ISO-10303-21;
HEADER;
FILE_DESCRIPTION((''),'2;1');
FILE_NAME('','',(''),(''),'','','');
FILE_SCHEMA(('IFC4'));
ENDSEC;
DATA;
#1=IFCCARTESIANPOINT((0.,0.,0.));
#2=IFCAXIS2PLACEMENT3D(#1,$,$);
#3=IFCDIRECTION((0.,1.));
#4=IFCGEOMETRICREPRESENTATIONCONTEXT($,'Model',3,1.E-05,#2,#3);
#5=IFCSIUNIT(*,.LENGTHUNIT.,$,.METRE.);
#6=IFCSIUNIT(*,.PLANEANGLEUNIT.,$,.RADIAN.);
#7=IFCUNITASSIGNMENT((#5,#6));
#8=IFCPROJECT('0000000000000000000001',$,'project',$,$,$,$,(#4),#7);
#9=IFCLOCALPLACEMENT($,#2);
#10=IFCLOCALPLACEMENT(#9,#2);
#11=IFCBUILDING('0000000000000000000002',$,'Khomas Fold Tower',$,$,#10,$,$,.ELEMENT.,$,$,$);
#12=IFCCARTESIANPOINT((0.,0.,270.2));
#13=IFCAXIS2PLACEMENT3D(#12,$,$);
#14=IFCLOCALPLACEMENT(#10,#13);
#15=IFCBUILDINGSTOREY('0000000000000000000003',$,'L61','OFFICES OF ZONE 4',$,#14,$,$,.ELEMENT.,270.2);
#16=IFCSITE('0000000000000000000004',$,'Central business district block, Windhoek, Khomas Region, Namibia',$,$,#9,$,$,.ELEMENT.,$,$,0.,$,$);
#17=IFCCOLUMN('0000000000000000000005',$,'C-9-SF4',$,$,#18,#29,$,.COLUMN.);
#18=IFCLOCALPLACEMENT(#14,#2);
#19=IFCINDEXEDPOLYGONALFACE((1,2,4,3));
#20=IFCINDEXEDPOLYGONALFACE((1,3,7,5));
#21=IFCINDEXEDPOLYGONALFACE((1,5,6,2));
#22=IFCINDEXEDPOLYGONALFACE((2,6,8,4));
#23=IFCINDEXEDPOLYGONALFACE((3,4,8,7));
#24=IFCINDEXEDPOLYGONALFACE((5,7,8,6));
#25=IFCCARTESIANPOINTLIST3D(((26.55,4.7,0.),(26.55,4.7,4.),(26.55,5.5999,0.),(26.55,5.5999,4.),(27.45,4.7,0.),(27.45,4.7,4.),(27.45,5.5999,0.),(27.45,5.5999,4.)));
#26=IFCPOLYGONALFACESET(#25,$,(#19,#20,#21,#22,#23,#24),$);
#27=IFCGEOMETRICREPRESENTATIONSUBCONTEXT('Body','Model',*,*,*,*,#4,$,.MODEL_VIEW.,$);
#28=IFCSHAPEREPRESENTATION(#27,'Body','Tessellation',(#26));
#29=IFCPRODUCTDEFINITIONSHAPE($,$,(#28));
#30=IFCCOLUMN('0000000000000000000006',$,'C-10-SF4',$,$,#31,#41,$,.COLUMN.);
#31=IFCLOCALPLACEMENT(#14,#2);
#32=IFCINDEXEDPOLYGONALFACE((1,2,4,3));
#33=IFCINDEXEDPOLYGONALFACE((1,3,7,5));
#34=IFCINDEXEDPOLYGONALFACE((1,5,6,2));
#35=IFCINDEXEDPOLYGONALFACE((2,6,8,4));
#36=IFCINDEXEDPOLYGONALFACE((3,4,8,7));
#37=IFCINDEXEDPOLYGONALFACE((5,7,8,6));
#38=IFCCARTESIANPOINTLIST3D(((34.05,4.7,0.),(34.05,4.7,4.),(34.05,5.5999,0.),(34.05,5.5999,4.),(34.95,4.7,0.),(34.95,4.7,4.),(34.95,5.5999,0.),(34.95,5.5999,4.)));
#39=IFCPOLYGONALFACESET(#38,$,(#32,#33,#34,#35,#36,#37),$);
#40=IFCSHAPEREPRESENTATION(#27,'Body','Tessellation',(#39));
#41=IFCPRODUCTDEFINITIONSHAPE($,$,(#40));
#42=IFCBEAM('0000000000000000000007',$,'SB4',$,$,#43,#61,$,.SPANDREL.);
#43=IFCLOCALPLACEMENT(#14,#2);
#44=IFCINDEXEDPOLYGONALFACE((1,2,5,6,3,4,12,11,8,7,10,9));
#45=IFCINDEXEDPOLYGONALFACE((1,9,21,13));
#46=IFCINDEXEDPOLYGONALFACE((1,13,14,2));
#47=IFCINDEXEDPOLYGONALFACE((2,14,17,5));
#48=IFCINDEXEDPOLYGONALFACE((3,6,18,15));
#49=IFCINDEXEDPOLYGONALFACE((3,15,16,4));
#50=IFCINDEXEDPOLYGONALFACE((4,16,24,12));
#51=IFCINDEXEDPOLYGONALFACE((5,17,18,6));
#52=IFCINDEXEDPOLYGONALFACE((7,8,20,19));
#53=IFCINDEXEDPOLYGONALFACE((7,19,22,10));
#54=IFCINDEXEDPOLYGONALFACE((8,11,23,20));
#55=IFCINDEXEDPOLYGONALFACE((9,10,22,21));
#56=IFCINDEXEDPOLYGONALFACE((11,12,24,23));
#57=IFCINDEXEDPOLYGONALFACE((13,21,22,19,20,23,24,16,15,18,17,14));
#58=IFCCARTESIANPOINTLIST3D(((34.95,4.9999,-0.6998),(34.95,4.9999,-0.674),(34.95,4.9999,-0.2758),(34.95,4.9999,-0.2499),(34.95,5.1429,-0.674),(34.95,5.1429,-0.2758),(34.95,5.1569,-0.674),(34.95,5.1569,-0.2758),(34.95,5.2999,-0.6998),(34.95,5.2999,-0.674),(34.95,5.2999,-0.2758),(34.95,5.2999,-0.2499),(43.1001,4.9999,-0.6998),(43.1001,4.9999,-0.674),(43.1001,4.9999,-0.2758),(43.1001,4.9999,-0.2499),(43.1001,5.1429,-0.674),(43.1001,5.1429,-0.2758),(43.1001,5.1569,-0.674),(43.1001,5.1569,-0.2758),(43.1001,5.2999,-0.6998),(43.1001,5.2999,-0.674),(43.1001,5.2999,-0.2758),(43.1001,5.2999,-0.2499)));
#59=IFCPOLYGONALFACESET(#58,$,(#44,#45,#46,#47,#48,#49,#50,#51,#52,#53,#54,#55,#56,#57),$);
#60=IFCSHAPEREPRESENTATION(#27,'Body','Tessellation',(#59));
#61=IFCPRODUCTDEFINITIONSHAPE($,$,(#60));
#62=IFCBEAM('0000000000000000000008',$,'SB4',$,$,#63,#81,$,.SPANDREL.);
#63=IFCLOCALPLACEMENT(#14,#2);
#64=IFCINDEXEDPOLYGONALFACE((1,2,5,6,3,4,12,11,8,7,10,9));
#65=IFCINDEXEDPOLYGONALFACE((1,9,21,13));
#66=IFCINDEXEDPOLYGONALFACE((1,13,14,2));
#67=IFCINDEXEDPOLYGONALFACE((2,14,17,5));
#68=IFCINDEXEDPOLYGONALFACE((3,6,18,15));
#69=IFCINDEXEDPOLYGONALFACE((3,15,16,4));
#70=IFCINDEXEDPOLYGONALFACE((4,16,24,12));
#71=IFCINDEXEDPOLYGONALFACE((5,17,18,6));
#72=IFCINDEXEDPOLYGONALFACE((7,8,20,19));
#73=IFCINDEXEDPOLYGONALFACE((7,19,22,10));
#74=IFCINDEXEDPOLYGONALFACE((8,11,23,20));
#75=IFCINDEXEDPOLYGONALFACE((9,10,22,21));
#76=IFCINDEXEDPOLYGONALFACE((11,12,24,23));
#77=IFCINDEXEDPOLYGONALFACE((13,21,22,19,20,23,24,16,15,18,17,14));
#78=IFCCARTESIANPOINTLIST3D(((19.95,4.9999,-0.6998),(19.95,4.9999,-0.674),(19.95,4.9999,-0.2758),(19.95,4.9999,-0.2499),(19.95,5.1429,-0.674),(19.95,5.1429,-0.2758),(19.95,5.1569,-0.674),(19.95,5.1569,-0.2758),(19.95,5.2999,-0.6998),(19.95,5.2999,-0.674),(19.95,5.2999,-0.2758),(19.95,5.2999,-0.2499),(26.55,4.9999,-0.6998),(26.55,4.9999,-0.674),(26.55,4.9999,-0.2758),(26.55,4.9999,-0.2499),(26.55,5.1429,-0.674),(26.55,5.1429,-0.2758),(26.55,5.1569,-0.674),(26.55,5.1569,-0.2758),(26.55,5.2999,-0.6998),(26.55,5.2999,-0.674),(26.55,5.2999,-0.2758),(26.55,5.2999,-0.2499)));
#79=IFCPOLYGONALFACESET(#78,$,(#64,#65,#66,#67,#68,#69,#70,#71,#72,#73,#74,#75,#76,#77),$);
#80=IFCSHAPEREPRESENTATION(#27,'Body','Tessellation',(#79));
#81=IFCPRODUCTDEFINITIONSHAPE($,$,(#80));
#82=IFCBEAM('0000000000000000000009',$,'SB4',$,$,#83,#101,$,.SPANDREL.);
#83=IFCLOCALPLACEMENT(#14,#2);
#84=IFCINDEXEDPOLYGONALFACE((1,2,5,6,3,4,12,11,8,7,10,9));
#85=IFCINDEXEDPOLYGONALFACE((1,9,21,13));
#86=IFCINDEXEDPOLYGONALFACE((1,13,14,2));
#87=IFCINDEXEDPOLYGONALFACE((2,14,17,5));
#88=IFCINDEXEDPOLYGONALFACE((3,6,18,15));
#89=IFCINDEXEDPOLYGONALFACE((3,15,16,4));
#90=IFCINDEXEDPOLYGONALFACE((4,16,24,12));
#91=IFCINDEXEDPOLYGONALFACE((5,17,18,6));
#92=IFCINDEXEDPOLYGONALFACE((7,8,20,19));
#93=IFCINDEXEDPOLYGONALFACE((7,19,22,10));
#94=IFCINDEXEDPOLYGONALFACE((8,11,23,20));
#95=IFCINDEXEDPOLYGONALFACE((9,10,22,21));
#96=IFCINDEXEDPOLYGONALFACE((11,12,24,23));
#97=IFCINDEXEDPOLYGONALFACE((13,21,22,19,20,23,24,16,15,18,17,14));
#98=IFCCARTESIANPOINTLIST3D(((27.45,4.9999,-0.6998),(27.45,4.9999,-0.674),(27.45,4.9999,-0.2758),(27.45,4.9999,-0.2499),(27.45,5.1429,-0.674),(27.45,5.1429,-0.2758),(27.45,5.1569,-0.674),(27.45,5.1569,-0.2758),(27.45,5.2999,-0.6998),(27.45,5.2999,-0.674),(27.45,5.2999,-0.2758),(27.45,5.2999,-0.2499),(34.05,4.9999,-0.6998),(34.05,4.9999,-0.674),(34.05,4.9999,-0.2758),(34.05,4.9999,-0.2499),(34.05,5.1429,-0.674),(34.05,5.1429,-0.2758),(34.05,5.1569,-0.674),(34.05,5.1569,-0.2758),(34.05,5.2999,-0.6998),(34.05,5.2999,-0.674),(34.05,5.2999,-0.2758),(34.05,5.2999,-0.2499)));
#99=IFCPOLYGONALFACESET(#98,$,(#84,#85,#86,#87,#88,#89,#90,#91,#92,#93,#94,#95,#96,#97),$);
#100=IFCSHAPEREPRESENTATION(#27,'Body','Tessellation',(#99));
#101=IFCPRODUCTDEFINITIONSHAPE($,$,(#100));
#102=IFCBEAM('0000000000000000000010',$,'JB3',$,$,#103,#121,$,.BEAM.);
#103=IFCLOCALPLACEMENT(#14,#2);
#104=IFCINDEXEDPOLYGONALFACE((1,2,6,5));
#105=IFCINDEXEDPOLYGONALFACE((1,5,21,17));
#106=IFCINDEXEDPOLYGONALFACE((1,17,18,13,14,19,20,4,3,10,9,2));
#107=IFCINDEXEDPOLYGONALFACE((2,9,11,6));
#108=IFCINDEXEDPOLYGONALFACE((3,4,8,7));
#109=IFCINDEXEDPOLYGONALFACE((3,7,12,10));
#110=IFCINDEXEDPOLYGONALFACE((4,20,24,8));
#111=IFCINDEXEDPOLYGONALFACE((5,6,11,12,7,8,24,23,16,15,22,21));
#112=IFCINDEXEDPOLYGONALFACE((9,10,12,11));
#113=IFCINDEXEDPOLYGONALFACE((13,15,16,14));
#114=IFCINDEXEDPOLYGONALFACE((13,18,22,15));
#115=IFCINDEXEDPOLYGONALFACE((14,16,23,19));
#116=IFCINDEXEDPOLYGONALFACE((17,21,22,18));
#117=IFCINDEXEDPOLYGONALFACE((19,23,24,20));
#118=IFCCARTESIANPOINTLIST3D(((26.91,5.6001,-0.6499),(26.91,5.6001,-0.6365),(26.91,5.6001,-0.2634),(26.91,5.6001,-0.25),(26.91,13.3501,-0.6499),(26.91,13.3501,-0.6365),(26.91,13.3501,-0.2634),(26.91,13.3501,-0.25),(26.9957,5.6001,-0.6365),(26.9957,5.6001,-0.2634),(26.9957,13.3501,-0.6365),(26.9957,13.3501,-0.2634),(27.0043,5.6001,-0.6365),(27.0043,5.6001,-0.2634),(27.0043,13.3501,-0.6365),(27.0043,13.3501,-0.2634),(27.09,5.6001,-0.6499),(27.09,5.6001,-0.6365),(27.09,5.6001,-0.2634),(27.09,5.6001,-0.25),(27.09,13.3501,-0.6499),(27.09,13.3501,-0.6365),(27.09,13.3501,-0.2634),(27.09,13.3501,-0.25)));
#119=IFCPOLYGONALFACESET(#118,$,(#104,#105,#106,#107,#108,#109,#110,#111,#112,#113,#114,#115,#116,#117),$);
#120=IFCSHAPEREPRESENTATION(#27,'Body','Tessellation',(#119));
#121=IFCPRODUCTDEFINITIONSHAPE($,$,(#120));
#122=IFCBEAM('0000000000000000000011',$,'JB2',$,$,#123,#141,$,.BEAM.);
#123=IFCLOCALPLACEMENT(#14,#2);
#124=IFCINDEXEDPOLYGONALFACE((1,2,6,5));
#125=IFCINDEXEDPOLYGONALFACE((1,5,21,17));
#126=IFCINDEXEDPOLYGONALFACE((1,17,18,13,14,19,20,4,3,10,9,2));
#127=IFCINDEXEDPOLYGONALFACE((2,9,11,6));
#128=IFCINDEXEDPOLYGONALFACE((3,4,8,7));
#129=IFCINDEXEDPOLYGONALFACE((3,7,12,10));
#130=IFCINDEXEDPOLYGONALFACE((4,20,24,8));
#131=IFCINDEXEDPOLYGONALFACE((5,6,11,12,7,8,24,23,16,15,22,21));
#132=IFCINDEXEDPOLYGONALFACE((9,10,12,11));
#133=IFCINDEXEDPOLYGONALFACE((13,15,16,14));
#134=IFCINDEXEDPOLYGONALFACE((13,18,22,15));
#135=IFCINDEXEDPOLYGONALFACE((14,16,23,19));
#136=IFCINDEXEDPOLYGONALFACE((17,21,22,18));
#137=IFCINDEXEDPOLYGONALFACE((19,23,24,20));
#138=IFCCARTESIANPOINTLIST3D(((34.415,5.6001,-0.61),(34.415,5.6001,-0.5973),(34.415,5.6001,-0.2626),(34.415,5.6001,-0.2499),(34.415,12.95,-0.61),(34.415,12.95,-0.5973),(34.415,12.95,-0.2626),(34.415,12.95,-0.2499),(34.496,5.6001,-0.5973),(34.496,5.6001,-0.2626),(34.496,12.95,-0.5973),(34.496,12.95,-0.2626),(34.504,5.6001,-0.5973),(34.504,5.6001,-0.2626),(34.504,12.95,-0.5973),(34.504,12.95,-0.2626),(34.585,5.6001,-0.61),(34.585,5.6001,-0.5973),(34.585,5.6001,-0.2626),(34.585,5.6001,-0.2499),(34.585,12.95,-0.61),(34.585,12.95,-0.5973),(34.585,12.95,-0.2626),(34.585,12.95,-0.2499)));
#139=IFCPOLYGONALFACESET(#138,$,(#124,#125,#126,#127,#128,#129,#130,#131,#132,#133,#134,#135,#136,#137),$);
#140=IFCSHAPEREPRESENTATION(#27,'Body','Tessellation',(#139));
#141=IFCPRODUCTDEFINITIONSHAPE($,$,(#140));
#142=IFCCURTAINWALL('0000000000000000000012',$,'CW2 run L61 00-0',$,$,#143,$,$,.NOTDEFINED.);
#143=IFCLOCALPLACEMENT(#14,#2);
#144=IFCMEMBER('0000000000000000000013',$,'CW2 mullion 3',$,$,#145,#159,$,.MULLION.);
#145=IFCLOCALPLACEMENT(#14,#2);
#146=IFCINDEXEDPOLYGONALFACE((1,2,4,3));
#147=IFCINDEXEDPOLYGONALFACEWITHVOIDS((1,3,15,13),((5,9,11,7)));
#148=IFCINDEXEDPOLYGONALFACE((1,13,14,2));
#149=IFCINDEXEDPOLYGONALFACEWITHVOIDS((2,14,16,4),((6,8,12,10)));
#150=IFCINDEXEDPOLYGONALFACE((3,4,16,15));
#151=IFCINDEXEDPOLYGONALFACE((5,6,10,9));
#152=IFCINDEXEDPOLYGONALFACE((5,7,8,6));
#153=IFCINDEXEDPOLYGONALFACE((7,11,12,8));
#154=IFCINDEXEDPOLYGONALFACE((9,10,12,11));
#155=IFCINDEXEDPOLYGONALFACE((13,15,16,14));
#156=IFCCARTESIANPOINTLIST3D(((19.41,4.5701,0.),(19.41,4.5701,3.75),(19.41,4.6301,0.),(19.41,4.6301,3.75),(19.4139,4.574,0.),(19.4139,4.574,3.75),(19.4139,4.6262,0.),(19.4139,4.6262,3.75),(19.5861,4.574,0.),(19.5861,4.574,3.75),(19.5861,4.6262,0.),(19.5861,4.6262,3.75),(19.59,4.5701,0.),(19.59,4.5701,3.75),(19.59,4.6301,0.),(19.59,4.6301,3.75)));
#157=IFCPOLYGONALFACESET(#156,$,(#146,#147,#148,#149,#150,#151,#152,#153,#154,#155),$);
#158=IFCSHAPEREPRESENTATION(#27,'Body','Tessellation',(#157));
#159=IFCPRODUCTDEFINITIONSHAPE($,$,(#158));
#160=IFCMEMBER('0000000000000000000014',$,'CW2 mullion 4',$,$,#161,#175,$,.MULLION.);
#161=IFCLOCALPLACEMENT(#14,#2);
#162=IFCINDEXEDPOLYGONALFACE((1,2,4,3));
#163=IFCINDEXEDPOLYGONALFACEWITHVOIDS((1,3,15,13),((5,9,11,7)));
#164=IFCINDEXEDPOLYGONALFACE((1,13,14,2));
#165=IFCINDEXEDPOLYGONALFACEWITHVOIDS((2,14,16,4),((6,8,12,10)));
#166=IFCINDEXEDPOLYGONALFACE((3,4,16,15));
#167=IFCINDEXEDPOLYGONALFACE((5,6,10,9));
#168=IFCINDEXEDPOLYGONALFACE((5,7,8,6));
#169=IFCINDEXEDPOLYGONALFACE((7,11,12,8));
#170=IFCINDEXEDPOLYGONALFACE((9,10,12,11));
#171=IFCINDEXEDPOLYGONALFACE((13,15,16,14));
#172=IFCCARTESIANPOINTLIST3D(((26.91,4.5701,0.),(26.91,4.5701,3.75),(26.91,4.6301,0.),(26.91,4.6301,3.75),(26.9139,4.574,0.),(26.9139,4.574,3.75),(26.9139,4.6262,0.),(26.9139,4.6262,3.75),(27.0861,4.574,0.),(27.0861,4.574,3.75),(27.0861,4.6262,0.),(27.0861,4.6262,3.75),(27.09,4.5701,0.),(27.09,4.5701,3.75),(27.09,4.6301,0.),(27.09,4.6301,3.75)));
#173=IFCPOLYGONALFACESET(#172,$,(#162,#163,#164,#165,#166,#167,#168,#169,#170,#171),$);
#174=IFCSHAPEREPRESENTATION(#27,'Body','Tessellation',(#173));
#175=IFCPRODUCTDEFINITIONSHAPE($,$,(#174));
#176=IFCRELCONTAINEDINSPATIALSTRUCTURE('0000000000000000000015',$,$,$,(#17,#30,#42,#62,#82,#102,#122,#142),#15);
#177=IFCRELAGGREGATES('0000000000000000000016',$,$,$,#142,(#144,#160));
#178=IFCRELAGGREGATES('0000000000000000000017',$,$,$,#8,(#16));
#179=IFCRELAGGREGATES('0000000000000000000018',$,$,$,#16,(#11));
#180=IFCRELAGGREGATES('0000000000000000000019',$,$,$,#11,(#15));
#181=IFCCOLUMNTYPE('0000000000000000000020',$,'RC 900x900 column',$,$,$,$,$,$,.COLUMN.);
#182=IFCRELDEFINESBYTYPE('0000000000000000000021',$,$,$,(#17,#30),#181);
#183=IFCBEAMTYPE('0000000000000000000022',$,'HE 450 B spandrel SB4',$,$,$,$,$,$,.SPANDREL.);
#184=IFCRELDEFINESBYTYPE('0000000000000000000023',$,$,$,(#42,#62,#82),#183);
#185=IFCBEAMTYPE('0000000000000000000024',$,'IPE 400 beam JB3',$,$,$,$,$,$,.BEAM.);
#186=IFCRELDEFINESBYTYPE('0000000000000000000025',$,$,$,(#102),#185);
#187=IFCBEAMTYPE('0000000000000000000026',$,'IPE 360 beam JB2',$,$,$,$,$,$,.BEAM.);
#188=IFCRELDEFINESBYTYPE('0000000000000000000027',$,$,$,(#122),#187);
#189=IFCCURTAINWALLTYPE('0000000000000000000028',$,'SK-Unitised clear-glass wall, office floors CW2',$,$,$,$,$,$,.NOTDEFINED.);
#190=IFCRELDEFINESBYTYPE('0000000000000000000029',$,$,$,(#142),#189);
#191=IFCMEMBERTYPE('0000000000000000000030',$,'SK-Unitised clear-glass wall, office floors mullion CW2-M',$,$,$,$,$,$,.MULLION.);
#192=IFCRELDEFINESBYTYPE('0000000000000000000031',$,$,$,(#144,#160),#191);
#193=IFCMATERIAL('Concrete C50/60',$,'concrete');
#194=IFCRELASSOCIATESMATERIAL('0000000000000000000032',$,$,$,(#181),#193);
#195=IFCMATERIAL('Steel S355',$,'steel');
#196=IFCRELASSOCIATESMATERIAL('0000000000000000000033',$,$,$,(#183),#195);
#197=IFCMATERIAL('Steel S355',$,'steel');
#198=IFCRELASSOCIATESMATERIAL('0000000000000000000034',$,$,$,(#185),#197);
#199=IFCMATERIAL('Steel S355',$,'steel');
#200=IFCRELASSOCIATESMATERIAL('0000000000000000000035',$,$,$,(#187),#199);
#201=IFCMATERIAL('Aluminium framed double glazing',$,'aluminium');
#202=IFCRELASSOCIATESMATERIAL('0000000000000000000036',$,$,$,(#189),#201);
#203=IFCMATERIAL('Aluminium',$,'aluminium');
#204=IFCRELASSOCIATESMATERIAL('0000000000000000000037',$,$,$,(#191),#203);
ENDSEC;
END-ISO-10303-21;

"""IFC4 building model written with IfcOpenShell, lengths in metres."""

from ifc_helpers import new_model, si_unit, direction, frame, origin, origin_2d, place, context, subcontext, project, spatial, rectangle, hollow_rectangle, i_section, extrude, source, transform, mapped, material, material_profile, profile_set, type_object, element, aggregate, save


model = new_model("IFC4")

# Units and contexts
model_context = context("Model", 3, precision=1e-05, world=origin(), true_north=direction((0.0, 1.0)))
body_context = subcontext(model_context, "Body", "Model", "MODEL_VIEW")
ifc_project = project(units=[si_unit("LENGTHUNIT", "METRE"), si_unit("PLANEANGLEUNIT", "RADIAN")], contexts=[model_context])

# Site, building, storey
site_placement = place(None, origin())
site = spatial("IfcSite", under=ifc_project, at=site_placement, Name="Central business district block, Windhoek, Khomas Region, Namibia", CompositionType="ELEMENT", RefElevation=0.0)
building_placement = place(site_placement, origin())
building = spatial("IfcBuilding", under=site, at=building_placement, Name="Khomas Fold Tower", CompositionType="ELEMENT")
storey_placement = place(building_placement, frame((0.0, 0.0, 270.2)))
storey = spatial("IfcBuildingStorey", under=building, at=storey_placement, Name="L61", Description="OFFICES OF ZONE 4", CompositionType="ELEMENT", Elevation=270.2)

# Columns
ifc_material_1 = material(Name="Concrete C50/60", Category="concrete")
ifc_material_profile_1 = material_profile(ifc_material_1, rectangle(XDim=0.8999, YDim=0.8999, at=origin_2d()), Name="RC 900x900")
ifc_profile_set_1 = profile_set([ifc_material_profile_1], Name="Concrete C50/60")
column_type = type_object("IfcColumnType", Name="RC 900x900 column", PredefinedType="COLUMN", material=ifc_profile_set_1)
shared_shape_1 = source(origin(), body_context, "Body", "SweptSolid", [
    extrude(rectangle(XDim=0.8999, YDim=0.8999, at=origin_2d()), origin(), (0.0, 0.0, 1.0), 4.0),
])
for number, where, z_axis, x_axis, name in (
    (1, (27.0, 5.1499, 0.0), (0.0, 0.0, 1.0), (1.0, 0.0, 0.0), "C-9-SF4"),
    (2, (34.5, 5.1499, 0.0), (0.0, 0.0, 1.0), (1.0, 0.0, 0.0), "C-10-SF4"),
):
    element("IfcColumn", number, at=place(storey_placement, frame(where, z_axis=z_axis, x_axis=x_axis)), inside=storey, type_object=column_type, Name=name, PredefinedType="COLUMN", context=body_context, shape_type="MappedRepresentation", body=[
        mapped(shared_shape_1, transform((0.0, 0.0, 0.0))),
    ])

# Beams
ifc_material_2 = material(Name="Steel S355", Category="steel")
ifc_material_profile_2 = material_profile(ifc_material_2, i_section(OverallWidth=0.3, OverallDepth=0.45, WebThickness=0.0139, FlangeThickness=0.0259, at=origin_2d()), Name="HE 450 B")
ifc_profile_set_2 = profile_set([ifc_material_profile_2], Name="Steel S355")
beam_type_1 = type_object("IfcBeamType", Name="HE 450 B spandrel SB4", PredefinedType="SPANDREL", material=ifc_profile_set_2)
shared_shape_2 = source(origin(), body_context, "Body", "SweptSolid", [
    extrude(i_section(OverallWidth=0.3, OverallDepth=0.45, WebThickness=0.0139, FlangeThickness=0.0259, at=origin_2d()), origin(), (0.0, 0.0, 1.0), 8.1501),
])
beam_1_placement = place(storey_placement, frame((34.95, 5.1499, -0.4749), z_axis=(1.0, 0.0, 0.0), x_axis=(0.0, 1.0, 0.0)))
element("IfcBeam", 3, at=beam_1_placement, inside=storey, type_object=beam_type_1, Name="SB4", PredefinedType="SPANDREL", context=body_context, shape_type="MappedRepresentation", body=[
    mapped(shared_shape_2, transform((0.0, 0.0, 0.0))),
])
shared_shape_3 = source(origin(), body_context, "Body", "SweptSolid", [
    extrude(i_section(OverallWidth=0.3, OverallDepth=0.45, WebThickness=0.0139, FlangeThickness=0.0259, at=origin_2d()), origin(), (0.0, 0.0, 1.0), 6.6001),
])
for number, where, z_axis, x_axis, name in (
    (4, (19.95, 5.1499, -0.4749), (1.0, 0.0, 0.0), (0.0, 1.0, 0.0), "SB4"),
    (5, (27.45, 5.1499, -0.4749), (1.0, 0.0, 0.0), (0.0, 1.0, 0.0), "SB4"),
):
    element("IfcBeam", number, at=place(storey_placement, frame(where, z_axis=z_axis, x_axis=x_axis)), inside=storey, type_object=beam_type_1, Name=name, PredefinedType="SPANDREL", context=body_context, shape_type="MappedRepresentation", body=[
        mapped(shared_shape_3, transform((0.0, 0.0, 0.0))),
    ])
ifc_material_3 = material(Name="Steel S355", Category="steel")
ifc_material_profile_3 = material_profile(ifc_material_3, i_section(OverallWidth=0.1799, OverallDepth=0.3999, WebThickness=0.0085, FlangeThickness=0.0134, at=origin_2d()), Name="IPE 400")
ifc_profile_set_3 = profile_set([ifc_material_profile_3], Name="Steel S355")
beam_type_2 = type_object("IfcBeamType", Name="IPE 400 beam JB3", PredefinedType="BEAM", material=ifc_profile_set_3)
shared_shape_4 = source(origin(), body_context, "Body", "SweptSolid", [
    extrude(i_section(OverallWidth=0.1799, OverallDepth=0.3999, WebThickness=0.0085, FlangeThickness=0.0134, at=origin_2d()), origin(), (0.0, 0.0, 1.0), 7.75),
])
beam_2_placement = place(storey_placement, frame((27.0, 5.6001, -0.45), z_axis=(0.0, 1.0, 0.0), x_axis=(-1.0, 0.0, 0.0)))
element("IfcBeam", 6, at=beam_2_placement, inside=storey, type_object=beam_type_2, Name="JB3", PredefinedType="BEAM", context=body_context, shape_type="MappedRepresentation", body=[
    mapped(shared_shape_4, transform((0.0, 0.0, 0.0))),
])
ifc_material_4 = material(Name="Steel S355", Category="steel")
ifc_material_profile_4 = material_profile(ifc_material_4, i_section(OverallWidth=0.1699, OverallDepth=0.3601, WebThickness=0.0081, FlangeThickness=0.0127, at=origin_2d()), Name="IPE 360")
ifc_profile_set_4 = profile_set([ifc_material_profile_4], Name="Steel S355")
beam_type_3 = type_object("IfcBeamType", Name="IPE 360 beam JB2", PredefinedType="BEAM", material=ifc_profile_set_4)
shared_shape_5 = source(origin(), body_context, "Body", "SweptSolid", [
    extrude(i_section(OverallWidth=0.1699, OverallDepth=0.3601, WebThickness=0.0081, FlangeThickness=0.0127, at=origin_2d()), origin(), (0.0, 0.0, 1.0), 7.3499),
])
beam_3_placement = place(storey_placement, frame((34.5, 5.6001, -0.4299), z_axis=(0.0, 1.0, 0.0), x_axis=(-1.0, 0.0, 0.0)))
element("IfcBeam", 7, at=beam_3_placement, inside=storey, type_object=beam_type_3, Name="JB2", PredefinedType="BEAM", context=body_context, shape_type="MappedRepresentation", body=[
    mapped(shared_shape_5, transform((0.0, 0.0, 0.0))),
])

# Curtain wall, members
ifc_material_5 = material(Name="Aluminium framed double glazing", Category="aluminium")
curtain_wall_type = type_object("IfcCurtainWallType", Name="SK-Unitised clear-glass wall, office floors CW2", PredefinedType="NOTDEFINED", material=ifc_material_5)
curtain_wall_placement = place(storey_placement, origin())
curtain_wall = element("IfcCurtainWall", 8, at=curtain_wall_placement, inside=storey, type_object=curtain_wall_type, Name="CW2 run L61 00-0", PredefinedType="NOTDEFINED")
ifc_material_6 = material(Name="Aluminium", Category="aluminium")
ifc_material_profile_5 = material_profile(ifc_material_6, hollow_rectangle(XDim=0.0601, YDim=0.1799, WallThickness=0.0039, at=origin_2d()), Name="SK-Unitised clear-glass wall, office floors mullion CW2-M")
ifc_profile_set_5 = profile_set([ifc_material_profile_5], Name="Aluminium")
member_type_1 = type_object("IfcMemberType", Name="SK-Unitised clear-glass wall, office floors mullion CW2-M", PredefinedType="MULLION", material=ifc_profile_set_5)
shared_shape_6 = source(origin(), body_context, "Body", "SweptSolid", [
    extrude(hollow_rectangle(XDim=0.0601, YDim=0.1799, WallThickness=0.0039, at=origin_2d()), origin(), (0.0, 0.0, 1.0), 3.75),
])
member_1_placement = place(storey_placement, frame((19.5, 4.6001, 0.0), z_axis=(0.0, 0.0, 1.0), x_axis=(0.0, 1.0, 0.0)))
member_1 = element("IfcMember", 9, at=member_1_placement, type_object=member_type_1, Name="CW2 mullion 3", PredefinedType="MULLION", context=body_context, shape_type="MappedRepresentation", body=[
    mapped(shared_shape_6, transform((0.0, 0.0, 0.0))),
])
member_2_placement = place(storey_placement, frame((27.0, 4.6001, 0.0), z_axis=(0.0, 0.0, 1.0), x_axis=(0.0, 1.0, 0.0)))
member_2 = element("IfcMember", 10, at=member_2_placement, type_object=member_type_1, Name="CW2 mullion 4", PredefinedType="MULLION", context=body_context, shape_type="MappedRepresentation", body=[
    mapped(shared_shape_6, transform((0.0, 0.0, 0.0))),
])
aggregate(curtain_wall, [member_1, member_2])

save(model, "model.ifc")
